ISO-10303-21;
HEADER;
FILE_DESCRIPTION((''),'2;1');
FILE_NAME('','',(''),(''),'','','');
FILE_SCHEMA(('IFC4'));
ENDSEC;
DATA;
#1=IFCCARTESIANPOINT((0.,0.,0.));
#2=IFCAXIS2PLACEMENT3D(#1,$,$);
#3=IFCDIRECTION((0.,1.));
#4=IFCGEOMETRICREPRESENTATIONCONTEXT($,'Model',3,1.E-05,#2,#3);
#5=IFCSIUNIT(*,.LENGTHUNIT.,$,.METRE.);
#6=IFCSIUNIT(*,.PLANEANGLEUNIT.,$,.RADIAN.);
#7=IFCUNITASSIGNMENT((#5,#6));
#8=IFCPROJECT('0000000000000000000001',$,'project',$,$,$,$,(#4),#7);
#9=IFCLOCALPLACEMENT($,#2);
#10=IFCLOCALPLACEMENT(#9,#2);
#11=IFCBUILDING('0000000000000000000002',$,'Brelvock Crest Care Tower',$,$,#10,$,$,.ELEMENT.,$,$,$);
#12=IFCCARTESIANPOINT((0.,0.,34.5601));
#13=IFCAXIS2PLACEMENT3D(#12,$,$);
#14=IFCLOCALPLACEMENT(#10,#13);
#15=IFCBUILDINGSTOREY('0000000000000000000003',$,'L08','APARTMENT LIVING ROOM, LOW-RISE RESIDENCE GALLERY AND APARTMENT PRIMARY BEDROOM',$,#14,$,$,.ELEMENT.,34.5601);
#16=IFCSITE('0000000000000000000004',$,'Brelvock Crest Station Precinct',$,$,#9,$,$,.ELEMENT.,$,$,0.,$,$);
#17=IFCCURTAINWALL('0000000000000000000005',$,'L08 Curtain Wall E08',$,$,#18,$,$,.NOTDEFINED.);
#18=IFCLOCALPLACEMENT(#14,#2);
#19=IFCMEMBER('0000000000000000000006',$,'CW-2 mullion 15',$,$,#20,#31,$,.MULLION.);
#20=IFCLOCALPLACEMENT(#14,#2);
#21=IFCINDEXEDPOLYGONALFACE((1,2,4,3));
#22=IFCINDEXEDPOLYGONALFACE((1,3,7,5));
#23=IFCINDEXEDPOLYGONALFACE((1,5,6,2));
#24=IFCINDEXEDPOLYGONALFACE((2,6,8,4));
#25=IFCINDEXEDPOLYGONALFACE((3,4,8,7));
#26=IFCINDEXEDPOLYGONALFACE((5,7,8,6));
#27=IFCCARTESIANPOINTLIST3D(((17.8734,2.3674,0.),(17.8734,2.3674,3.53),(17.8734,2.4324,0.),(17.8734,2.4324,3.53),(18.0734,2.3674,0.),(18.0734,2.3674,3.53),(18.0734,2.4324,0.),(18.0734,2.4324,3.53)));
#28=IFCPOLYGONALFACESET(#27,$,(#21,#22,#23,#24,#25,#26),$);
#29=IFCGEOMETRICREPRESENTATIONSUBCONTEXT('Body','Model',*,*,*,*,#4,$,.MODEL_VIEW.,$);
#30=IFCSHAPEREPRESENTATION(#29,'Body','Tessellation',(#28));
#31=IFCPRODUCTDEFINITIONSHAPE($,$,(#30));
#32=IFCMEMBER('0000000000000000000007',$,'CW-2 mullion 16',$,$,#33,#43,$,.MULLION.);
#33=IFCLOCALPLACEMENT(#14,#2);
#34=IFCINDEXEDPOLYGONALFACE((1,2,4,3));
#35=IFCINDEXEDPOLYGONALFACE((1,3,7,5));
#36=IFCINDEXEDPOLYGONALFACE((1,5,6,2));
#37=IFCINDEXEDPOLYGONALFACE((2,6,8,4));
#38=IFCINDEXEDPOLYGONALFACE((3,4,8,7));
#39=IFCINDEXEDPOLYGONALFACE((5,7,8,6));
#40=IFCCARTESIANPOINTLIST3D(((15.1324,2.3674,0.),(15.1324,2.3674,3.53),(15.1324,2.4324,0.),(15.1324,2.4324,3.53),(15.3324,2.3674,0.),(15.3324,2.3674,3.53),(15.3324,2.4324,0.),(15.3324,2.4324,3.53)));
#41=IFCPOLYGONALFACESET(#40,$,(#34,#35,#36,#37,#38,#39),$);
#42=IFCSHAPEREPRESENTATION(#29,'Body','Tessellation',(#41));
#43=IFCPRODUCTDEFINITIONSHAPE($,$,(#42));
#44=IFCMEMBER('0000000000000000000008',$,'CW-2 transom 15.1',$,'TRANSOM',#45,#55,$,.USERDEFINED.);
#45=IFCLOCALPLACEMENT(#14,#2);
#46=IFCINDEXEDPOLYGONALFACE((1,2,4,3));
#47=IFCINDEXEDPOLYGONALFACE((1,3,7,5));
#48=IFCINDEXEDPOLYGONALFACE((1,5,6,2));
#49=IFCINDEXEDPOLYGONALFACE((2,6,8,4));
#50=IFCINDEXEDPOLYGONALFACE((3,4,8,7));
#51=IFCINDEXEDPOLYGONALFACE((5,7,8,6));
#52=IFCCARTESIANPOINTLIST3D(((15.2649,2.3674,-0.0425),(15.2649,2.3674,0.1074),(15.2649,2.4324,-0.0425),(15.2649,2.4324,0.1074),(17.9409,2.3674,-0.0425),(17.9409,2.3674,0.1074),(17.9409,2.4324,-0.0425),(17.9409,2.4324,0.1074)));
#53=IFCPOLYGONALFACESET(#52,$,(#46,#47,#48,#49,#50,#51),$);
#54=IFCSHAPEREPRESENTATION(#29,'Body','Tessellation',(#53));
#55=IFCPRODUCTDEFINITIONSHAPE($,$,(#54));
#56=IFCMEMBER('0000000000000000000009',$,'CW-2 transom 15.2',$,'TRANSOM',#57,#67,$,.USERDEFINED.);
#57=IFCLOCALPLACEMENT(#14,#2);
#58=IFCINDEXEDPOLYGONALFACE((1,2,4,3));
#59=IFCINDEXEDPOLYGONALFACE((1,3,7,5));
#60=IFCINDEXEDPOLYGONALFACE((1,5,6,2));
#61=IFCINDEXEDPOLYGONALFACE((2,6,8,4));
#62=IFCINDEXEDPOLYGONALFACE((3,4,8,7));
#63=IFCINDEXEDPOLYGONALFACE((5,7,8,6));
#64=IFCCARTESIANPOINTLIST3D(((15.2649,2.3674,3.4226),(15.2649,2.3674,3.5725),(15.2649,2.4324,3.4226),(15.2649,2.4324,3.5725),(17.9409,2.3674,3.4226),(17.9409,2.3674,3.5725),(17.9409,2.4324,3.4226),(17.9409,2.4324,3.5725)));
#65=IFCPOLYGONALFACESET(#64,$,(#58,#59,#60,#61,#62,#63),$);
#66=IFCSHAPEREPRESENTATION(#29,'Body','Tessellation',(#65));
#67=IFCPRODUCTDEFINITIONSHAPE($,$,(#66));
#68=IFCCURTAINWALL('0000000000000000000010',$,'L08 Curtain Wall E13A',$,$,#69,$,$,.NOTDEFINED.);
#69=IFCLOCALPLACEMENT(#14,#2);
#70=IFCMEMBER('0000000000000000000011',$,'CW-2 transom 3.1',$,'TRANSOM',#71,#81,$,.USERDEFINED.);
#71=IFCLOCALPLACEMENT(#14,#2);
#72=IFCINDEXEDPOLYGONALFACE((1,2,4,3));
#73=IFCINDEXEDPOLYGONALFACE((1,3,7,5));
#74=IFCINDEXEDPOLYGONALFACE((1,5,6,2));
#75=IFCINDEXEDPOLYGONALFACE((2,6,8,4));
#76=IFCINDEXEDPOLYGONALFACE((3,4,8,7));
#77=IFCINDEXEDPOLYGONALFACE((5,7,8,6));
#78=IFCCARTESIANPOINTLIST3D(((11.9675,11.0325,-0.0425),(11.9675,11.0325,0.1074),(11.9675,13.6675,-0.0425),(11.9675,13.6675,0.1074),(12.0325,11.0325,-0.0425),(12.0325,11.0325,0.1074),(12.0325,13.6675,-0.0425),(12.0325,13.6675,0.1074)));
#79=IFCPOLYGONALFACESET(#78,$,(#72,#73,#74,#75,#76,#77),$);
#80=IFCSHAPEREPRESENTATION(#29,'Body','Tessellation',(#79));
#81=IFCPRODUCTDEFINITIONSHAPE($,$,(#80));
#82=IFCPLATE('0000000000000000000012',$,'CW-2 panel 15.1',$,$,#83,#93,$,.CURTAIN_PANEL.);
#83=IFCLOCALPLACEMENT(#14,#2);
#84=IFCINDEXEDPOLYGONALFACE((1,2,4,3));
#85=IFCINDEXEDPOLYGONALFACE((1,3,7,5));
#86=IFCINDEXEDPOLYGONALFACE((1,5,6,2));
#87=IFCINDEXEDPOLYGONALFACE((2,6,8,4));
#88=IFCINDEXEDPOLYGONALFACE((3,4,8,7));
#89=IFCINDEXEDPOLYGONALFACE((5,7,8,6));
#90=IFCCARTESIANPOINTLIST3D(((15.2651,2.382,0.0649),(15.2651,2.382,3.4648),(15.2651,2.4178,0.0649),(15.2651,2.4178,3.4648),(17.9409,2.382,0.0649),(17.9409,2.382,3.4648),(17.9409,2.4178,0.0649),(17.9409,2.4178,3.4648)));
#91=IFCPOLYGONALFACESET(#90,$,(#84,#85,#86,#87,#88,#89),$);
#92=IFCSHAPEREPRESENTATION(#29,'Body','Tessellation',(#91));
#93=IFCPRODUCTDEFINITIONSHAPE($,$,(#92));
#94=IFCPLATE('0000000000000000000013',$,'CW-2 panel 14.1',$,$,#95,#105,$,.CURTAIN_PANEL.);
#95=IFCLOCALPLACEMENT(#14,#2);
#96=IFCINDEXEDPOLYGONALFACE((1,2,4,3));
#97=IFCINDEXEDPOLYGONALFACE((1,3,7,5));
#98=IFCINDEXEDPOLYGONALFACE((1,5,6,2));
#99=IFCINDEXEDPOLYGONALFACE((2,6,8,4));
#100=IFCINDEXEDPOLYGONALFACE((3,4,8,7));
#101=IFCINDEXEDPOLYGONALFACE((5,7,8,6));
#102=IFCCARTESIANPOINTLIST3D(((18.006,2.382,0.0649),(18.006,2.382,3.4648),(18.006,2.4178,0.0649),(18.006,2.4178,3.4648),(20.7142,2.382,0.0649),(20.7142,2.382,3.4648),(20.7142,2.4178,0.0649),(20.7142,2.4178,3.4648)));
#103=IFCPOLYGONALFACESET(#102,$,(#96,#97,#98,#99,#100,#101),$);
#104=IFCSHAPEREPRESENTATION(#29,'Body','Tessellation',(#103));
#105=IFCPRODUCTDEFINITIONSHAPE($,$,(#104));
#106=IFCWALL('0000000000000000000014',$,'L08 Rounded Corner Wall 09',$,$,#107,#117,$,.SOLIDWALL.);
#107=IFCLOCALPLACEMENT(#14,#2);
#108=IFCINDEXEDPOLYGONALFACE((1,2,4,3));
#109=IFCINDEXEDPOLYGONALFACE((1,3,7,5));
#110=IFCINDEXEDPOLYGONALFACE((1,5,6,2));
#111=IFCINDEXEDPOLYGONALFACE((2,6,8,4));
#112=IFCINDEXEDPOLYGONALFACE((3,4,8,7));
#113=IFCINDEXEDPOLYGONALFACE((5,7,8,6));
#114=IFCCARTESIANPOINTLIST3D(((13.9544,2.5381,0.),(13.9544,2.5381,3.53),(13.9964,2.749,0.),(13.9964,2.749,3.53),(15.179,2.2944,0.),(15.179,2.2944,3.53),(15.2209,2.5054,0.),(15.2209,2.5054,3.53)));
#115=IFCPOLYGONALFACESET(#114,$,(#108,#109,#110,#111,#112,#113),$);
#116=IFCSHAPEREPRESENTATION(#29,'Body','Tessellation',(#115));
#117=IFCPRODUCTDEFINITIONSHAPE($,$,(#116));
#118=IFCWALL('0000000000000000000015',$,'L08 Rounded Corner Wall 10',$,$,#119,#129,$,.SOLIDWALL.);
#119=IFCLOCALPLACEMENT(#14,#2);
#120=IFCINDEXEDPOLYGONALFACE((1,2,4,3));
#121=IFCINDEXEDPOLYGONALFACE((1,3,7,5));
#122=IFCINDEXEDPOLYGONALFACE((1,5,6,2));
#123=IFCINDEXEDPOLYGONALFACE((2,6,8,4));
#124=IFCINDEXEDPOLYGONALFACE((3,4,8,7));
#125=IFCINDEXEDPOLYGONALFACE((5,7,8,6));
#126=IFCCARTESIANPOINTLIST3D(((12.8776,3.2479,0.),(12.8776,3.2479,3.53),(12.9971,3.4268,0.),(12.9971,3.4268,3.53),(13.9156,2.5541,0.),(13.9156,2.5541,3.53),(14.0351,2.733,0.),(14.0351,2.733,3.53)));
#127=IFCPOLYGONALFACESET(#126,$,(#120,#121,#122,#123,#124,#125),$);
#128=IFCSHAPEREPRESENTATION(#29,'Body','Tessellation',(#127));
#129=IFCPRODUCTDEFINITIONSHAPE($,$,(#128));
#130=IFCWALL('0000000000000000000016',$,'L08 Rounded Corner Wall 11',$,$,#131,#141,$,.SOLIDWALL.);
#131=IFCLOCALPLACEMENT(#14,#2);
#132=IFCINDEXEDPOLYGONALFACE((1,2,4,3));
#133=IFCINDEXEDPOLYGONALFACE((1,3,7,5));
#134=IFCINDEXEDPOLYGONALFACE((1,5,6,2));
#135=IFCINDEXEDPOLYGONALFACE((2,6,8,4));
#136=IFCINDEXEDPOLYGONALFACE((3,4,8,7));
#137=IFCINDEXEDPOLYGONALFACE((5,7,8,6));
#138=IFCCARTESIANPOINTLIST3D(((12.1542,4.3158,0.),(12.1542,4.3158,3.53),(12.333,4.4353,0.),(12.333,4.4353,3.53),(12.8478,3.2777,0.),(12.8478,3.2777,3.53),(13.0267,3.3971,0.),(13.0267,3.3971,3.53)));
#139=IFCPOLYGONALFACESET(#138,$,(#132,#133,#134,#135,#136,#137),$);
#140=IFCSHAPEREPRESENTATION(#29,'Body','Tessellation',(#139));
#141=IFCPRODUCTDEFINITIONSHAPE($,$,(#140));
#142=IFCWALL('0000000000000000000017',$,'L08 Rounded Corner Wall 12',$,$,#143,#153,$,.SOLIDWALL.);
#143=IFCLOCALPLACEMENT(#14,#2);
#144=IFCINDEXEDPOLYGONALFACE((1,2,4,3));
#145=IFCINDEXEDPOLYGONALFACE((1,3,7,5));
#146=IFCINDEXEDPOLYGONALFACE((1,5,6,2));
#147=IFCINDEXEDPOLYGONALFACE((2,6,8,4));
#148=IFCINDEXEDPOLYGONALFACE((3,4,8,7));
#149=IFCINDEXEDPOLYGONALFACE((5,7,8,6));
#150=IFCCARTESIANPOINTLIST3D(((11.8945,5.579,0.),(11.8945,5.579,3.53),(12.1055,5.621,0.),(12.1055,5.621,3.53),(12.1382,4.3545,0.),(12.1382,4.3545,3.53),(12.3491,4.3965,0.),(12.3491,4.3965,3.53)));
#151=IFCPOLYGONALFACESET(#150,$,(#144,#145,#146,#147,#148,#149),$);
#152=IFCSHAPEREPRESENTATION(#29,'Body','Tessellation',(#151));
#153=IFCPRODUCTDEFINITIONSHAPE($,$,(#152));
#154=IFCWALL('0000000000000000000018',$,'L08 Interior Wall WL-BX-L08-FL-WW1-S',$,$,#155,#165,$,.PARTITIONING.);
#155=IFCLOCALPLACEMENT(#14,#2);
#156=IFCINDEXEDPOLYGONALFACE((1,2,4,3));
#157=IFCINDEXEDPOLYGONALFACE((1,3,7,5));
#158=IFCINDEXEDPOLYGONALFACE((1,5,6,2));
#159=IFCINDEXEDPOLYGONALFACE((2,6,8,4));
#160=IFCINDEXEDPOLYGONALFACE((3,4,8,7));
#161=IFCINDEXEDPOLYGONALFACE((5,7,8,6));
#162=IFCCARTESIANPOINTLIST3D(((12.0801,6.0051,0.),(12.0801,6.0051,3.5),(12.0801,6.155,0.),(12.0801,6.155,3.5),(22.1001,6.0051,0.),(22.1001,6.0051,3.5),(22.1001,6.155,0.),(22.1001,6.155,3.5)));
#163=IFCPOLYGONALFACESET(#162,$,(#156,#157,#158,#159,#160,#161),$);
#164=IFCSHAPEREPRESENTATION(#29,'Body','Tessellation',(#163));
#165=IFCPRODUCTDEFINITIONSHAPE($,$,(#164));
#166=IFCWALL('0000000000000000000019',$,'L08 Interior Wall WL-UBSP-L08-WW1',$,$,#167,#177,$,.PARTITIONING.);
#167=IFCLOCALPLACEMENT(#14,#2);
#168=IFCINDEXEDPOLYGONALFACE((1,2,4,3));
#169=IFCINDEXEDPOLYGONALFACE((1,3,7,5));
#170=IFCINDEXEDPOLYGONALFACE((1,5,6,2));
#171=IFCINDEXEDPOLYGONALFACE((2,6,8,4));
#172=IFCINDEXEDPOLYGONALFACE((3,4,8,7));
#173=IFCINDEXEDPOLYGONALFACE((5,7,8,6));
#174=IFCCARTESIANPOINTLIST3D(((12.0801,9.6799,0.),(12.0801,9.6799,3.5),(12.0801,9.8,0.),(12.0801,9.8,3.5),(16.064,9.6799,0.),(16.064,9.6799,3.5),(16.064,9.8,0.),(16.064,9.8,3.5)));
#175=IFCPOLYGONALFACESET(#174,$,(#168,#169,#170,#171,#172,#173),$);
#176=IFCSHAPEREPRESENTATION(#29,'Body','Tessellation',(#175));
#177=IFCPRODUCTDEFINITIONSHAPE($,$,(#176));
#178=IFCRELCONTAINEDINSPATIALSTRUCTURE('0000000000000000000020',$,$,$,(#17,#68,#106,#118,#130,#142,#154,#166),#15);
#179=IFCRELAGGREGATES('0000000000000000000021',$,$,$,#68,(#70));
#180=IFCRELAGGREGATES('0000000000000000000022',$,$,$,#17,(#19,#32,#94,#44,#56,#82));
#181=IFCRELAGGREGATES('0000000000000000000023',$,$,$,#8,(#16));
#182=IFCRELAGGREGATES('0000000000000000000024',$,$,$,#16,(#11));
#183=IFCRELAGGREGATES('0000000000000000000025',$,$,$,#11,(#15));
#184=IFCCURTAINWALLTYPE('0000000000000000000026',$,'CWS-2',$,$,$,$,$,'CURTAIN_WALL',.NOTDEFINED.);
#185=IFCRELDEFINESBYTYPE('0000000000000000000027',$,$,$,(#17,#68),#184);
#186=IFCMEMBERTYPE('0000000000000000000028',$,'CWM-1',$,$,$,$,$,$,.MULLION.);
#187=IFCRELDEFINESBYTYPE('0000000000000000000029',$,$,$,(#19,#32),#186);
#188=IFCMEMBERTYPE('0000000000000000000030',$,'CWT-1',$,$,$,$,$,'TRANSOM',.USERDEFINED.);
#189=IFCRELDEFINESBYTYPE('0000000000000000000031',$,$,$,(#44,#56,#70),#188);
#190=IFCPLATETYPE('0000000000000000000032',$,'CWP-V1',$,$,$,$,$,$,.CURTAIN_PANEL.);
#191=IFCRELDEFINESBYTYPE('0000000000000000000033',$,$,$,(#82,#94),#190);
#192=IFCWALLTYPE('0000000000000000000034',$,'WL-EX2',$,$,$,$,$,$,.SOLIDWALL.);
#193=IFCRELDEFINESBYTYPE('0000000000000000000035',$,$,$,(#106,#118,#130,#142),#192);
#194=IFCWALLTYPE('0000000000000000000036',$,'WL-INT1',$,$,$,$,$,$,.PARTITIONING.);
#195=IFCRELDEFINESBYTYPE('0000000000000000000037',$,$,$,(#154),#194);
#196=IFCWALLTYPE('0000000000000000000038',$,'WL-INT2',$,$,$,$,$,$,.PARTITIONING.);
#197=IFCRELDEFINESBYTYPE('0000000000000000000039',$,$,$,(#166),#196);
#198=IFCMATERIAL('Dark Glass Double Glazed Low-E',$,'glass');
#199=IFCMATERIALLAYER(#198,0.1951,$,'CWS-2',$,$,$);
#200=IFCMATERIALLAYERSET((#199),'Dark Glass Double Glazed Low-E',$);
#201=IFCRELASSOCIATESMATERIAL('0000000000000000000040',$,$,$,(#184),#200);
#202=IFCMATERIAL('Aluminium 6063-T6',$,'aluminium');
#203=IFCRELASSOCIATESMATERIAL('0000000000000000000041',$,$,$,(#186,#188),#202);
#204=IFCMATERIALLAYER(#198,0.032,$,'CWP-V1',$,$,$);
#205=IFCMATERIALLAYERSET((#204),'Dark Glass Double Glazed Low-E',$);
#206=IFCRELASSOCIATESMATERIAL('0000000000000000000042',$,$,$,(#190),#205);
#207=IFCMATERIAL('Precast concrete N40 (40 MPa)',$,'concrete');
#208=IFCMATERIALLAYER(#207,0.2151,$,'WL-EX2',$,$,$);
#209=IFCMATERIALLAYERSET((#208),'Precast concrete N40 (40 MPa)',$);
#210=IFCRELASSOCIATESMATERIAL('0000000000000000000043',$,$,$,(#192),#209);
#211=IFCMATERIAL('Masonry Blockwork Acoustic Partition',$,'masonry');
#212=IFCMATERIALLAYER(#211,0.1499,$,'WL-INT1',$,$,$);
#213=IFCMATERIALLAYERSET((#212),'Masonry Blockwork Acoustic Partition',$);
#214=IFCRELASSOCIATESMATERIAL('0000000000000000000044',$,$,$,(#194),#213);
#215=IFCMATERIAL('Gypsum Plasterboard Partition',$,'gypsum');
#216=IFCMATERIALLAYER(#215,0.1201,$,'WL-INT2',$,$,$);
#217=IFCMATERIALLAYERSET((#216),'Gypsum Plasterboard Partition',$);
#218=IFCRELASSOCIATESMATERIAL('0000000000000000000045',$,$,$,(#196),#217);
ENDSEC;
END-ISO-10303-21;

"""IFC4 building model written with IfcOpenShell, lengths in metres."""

from ifc_helpers import new_model, si_unit, direction, frame, frame_2d, origin, origin_2d, place, context, subcontext, project, spatial, rectangle, extrude, source, transform, mapped, material, layer, layer_set, material_profile, profile_set, type_object, element, aggregate, save


model = new_model("IFC4")

# Units and contexts
model_context = context("Model", 3, precision=1e-05, world=origin(), true_north=direction((0.0, 1.0)))
body_context = subcontext(model_context, "Body", "Model", "MODEL_VIEW")
ifc_project = project(units=[si_unit("LENGTHUNIT", "METRE"), si_unit("PLANEANGLEUNIT", "RADIAN")], contexts=[model_context])

# Site, building, storey
site_placement = place(None, origin())
site = spatial("IfcSite", under=ifc_project, at=site_placement, Name="Brelvock Crest Station Precinct", CompositionType="ELEMENT", RefElevation=0.0)
building_placement = place(site_placement, origin())
building = spatial("IfcBuilding", under=site, at=building_placement, Name="Brelvock Crest Care Tower", CompositionType="ELEMENT")
storey_placement = place(building_placement, frame((0.0, 0.0, 34.5601)))
storey = spatial("IfcBuildingStorey", under=building, at=storey_placement, Name="L08", Description="APARTMENT LIVING ROOM, LOW-RISE RESIDENCE GALLERY AND APARTMENT PRIMARY BEDROOM", CompositionType="ELEMENT", Elevation=34.5601)

# Curtain wall, members
ifc_material_1 = material(Name="Dark Glass Double Glazed Low-E", Category="glass")
ifc_layer_1 = layer(ifc_material_1, 0.1951, Name="CWS-2")
ifc_layer_set_1 = layer_set([ifc_layer_1], Name="Dark Glass Double Glazed Low-E")
curtain_wall_type = type_object("IfcCurtainWallType", Name="CWS-2", ElementType="CURTAIN_WALL", PredefinedType="NOTDEFINED", material=ifc_layer_set_1)
curtain_wall_1_placement = place(storey_placement, origin())
curtain_wall_1 = element("IfcCurtainWall", 1, at=curtain_wall_1_placement, inside=storey, type_object=curtain_wall_type, Name="L08 Curtain Wall E08", PredefinedType="NOTDEFINED")
ifc_material_2 = material(Name="Aluminium 6063-T6", Category="aluminium")
ifc_material_profile_1 = material_profile(ifc_material_2, rectangle(XDim=0.0649, YDim=0.2, at=origin_2d()), Name="ALU65x200")
ifc_profile_set_1 = profile_set([ifc_material_profile_1], Name="Aluminium 6063-T6")
member_type_1 = type_object("IfcMemberType", Name="CWM-1", PredefinedType="MULLION", material=ifc_profile_set_1)
shared_shape_1 = source(origin(), body_context, "Body", "SweptSolid", [
    extrude(rectangle(XDim=0.0649, YDim=0.2, at=origin_2d()), origin(), (0.0, 0.0, 1.0), 3.53),
])
member_1_placement = place(storey_placement, frame((17.9734, 2.3999, 0.0), z_axis=(0.0, 0.0, 1.0), x_axis=(0.0, -1.0, 0.0)))
member_1 = element("IfcMember", 2, at=member_1_placement, type_object=member_type_1, Name="CW-2 mullion 15", PredefinedType="MULLION", context=body_context, shape_type="MappedRepresentation", body=[
    mapped(shared_shape_1, transform((0.0, 0.0, 0.0), x_axis=(1.0, 0.0, 0.0), y_axis=(0.0, 1.0, 0.0), z_axis=(0.0, 0.0, 1.0), scale=1.0)),
])
member_2_placement = place(storey_placement, frame((15.2324, 2.3999, 0.0), z_axis=(0.0, 0.0, 1.0), x_axis=(0.0, -1.0, 0.0)))
member_2 = element("IfcMember", 3, at=member_2_placement, type_object=member_type_1, Name="CW-2 mullion 16", PredefinedType="MULLION", context=body_context, shape_type="MappedRepresentation", body=[
    mapped(shared_shape_1, transform((0.0, 0.0, 0.0), x_axis=(1.0, 0.0, 0.0), y_axis=(0.0, 1.0, 0.0), z_axis=(0.0, 0.0, 1.0), scale=1.0)),
])
ifc_material_profile_2 = material_profile(ifc_material_2, rectangle(XDim=0.0649, YDim=0.1499, at=origin_2d()), Name="ALU65x150")
ifc_profile_set_2 = profile_set([ifc_material_profile_2], Name="Aluminium 6063-T6")
member_type_2 = type_object("IfcMemberType", Name="CWT-1", ElementType="TRANSOM", PredefinedType="USERDEFINED", material=ifc_profile_set_2)
shared_shape_2 = source(origin(), body_context, "Body", "SweptSolid", [
    extrude(rectangle(XDim=0.0649, YDim=0.1499, at=origin_2d()), origin(), (0.0, 0.0, 1.0), 2.676),
])
member_3_placement = place(storey_placement, frame((17.9409, 2.3999, 0.0325), z_axis=(-1.0, 0.0, 0.0), x_axis=(0.0, -1.0, 0.0)))
member_3 = element("IfcMember", 4, at=member_3_placement, type_object=member_type_2, Name="CW-2 transom 15.1", ObjectType="TRANSOM", PredefinedType="USERDEFINED", context=body_context, shape_type="MappedRepresentation", body=[
    mapped(shared_shape_2, transform((0.0, 0.0, 0.0), x_axis=(1.0, 0.0, 0.0), y_axis=(0.0, 1.0, 0.0), z_axis=(0.0, 0.0, 1.0), scale=1.0)),
])
member_4_placement = place(storey_placement, frame((17.9409, 2.3999, 3.4976), z_axis=(-1.0, 0.0, 0.0), x_axis=(0.0, -1.0, 0.0)))
member_4 = element("IfcMember", 5, at=member_4_placement, type_object=member_type_2, Name="CW-2 transom 15.2", ObjectType="TRANSOM", PredefinedType="USERDEFINED", context=body_context, shape_type="MappedRepresentation", body=[
    mapped(shared_shape_2, transform((0.0, 0.0, 0.0), x_axis=(1.0, 0.0, 0.0), y_axis=(0.0, 1.0, 0.0), z_axis=(0.0, 0.0, 1.0), scale=1.0)),
])

# Curtain wall, member
curtain_wall_2_placement = place(storey_placement, origin())
curtain_wall_2 = element("IfcCurtainWall", 6, at=curtain_wall_2_placement, inside=storey, type_object=curtain_wall_type, Name="L08 Curtain Wall E13A", PredefinedType="NOTDEFINED")
shared_shape_3 = source(origin(), body_context, "Body", "SweptSolid", [
    extrude(rectangle(XDim=0.0649, YDim=0.1499, at=origin_2d()), origin(), (0.0, 0.0, 1.0), 2.635),
])
member_5_placement = place(storey_placement, frame((12.0, 11.0325, 0.0325), z_axis=(0.0, 1.0, 0.0), x_axis=(-1.0, 0.0, 0.0)))
member_5 = element("IfcMember", 7, at=member_5_placement, type_object=member_type_2, Name="CW-2 transom 3.1", ObjectType="TRANSOM", PredefinedType="USERDEFINED", context=body_context, shape_type="MappedRepresentation", body=[
    mapped(shared_shape_3, transform((0.0, 0.0, 0.0), x_axis=(1.0, 0.0, 0.0), y_axis=(0.0, 1.0, 0.0), z_axis=(0.0, 0.0, 1.0), scale=1.0)),
])
aggregate(curtain_wall_2, [member_5])

# Plates
ifc_layer_2 = layer(ifc_material_1, 0.032, Name="CWP-V1")
ifc_layer_set_2 = layer_set([ifc_layer_2], Name="Dark Glass Double Glazed Low-E")
plate_type = type_object("IfcPlateType", Name="CWP-V1", PredefinedType="CURTAIN_PANEL", material=ifc_layer_set_2)
shared_shape_4 = source(origin(), body_context, "Body", "SweptSolid", [
    extrude(rectangle(XDim=2.6758, YDim=0.0359, at=origin_2d()), origin(), (0.0, 0.0, 1.0), 3.3999),
])
plate_1_placement = place(storey_placement, frame((16.603, 2.3999, 0.0649), z_axis=(0.0, 0.0, 1.0), x_axis=(-1.0, 0.0, 0.0)))
plate_1 = element("IfcPlate", 8, at=plate_1_placement, type_object=plate_type, Name="CW-2 panel 15.1", PredefinedType="CURTAIN_PANEL", context=body_context, shape_type="MappedRepresentation", body=[
    mapped(shared_shape_4, transform((0.0, 0.0, 0.0), x_axis=(1.0, 0.0, 0.0), y_axis=(0.0, 1.0, 0.0), z_axis=(0.0, 0.0, 1.0), scale=1.0)),
])
shared_shape_5 = source(origin(), body_context, "Body", "SweptSolid", [
    extrude(rectangle(XDim=2.7083, YDim=0.0359, at=origin_2d()), origin(), (0.0, 0.0, 1.0), 3.3999),
])
plate_2_placement = place(storey_placement, frame((19.3601, 2.3999, 0.0649), z_axis=(0.0, 0.0, 1.0), x_axis=(-1.0, 0.0, 0.0)))
plate_2 = element("IfcPlate", 9, at=plate_2_placement, type_object=plate_type, Name="CW-2 panel 14.1", PredefinedType="CURTAIN_PANEL", context=body_context, shape_type="MappedRepresentation", body=[
    mapped(shared_shape_5, transform((0.0, 0.0, 0.0), x_axis=(1.0, 0.0, 0.0), y_axis=(0.0, 1.0, 0.0), z_axis=(0.0, 0.0, 1.0), scale=1.0)),
])
aggregate(curtain_wall_1, [member_1, member_2, plate_2, member_3, member_4, plate_1])

# Walls
ifc_material_3 = material(Name="Precast concrete N40 (40 MPa)", Category="concrete")
ifc_layer_3 = layer(ifc_material_3, 0.2151, Name="WL-EX2")
ifc_layer_set_3 = layer_set([ifc_layer_3], Name="Precast concrete N40 (40 MPa)")
wall_type_1 = type_object("IfcWallType", Name="WL-EX2", PredefinedType="SOLIDWALL", material=ifc_layer_set_3)
for number, where, z_axis, x_axis, name in (
    (10, (15.2, 2.3999, 0.0), (0.0, 0.0, 1.0), (-0.980776, 0.195138, 0.0), "L08 Rounded Corner Wall 09"),
    (11, (13.9753, 2.6436, 0.0), (0.0, 0.0, 1.0), (-0.831388, 0.555692, 0.0), "L08 Rounded Corner Wall 10"),
    (12, (12.9373, 3.3374, 0.0), (0.0, 0.0, 1.0), (-0.555557, 0.831478, 0.0), "L08 Rounded Corner Wall 11"),
    (13, (12.2437, 4.3755, 0.0), (0.0, 0.0, 1.0), (-0.195138, 0.980776, 0.0), "L08 Rounded Corner Wall 12"),
):
    element("IfcWall", number, at=place(storey_placement, frame(where, z_axis=z_axis, x_axis=x_axis)), inside=storey, type_object=wall_type_1, Name=name, PredefinedType="SOLIDWALL", context=body_context, shape_type="SweptSolid", body=[
        extrude(rectangle(XDim=1.2485, YDim=0.2151, at=frame_2d((0.6243, 0.0))), origin(), (0.0, 0.0, 1.0), 3.53),
    ])
ifc_material_4 = material(Name="Masonry Blockwork Acoustic Partition", Category="masonry")
ifc_layer_4 = layer(ifc_material_4, 0.1499, Name="WL-INT1")
ifc_layer_set_4 = layer_set([ifc_layer_4], Name="Masonry Blockwork Acoustic Partition")
wall_type_2 = type_object("IfcWallType", Name="WL-INT1", PredefinedType="PARTITIONING", material=ifc_layer_set_4)
wall_1_placement = place(storey_placement, frame((12.0801, 6.0801, 0.0), z_axis=(0.0, 0.0, 1.0), x_axis=(1.0, 0.0, 0.0)))
element("IfcWall", 14, at=wall_1_placement, inside=storey, type_object=wall_type_2, Name="L08 Interior Wall WL-BX-L08-FL-WW1-S", PredefinedType="PARTITIONING", context=body_context, shape_type="SweptSolid", body=[
    extrude(rectangle(XDim=10.02, YDim=0.1499, at=frame_2d((5.01, 0.0))), origin(), (0.0, 0.0, 1.0), 3.5),
])
ifc_material_5 = material(Name="Gypsum Plasterboard Partition", Category="gypsum")
ifc_layer_5 = layer(ifc_material_5, 0.1201, Name="WL-INT2")
ifc_layer_set_5 = layer_set([ifc_layer_5], Name="Gypsum Plasterboard Partition")
wall_type_3 = type_object("IfcWallType", Name="WL-INT2", PredefinedType="PARTITIONING", material=ifc_layer_set_5)
wall_2_placement = place(storey_placement, frame((12.0801, 9.74, 0.0), z_axis=(0.0, 0.0, 1.0), x_axis=(1.0, 0.0, 0.0)))
element("IfcWall", 15, at=wall_2_placement, inside=storey, type_object=wall_type_3, Name="L08 Interior Wall WL-UBSP-L08-WW1", PredefinedType="PARTITIONING", context=body_context, shape_type="SweptSolid", body=[
    extrude(rectangle(XDim=3.9839, YDim=0.1201, at=frame_2d((1.9919, 0.0))), origin(), (0.0, 0.0, 1.0), 3.5),
])

save(model, "model.ifc")
